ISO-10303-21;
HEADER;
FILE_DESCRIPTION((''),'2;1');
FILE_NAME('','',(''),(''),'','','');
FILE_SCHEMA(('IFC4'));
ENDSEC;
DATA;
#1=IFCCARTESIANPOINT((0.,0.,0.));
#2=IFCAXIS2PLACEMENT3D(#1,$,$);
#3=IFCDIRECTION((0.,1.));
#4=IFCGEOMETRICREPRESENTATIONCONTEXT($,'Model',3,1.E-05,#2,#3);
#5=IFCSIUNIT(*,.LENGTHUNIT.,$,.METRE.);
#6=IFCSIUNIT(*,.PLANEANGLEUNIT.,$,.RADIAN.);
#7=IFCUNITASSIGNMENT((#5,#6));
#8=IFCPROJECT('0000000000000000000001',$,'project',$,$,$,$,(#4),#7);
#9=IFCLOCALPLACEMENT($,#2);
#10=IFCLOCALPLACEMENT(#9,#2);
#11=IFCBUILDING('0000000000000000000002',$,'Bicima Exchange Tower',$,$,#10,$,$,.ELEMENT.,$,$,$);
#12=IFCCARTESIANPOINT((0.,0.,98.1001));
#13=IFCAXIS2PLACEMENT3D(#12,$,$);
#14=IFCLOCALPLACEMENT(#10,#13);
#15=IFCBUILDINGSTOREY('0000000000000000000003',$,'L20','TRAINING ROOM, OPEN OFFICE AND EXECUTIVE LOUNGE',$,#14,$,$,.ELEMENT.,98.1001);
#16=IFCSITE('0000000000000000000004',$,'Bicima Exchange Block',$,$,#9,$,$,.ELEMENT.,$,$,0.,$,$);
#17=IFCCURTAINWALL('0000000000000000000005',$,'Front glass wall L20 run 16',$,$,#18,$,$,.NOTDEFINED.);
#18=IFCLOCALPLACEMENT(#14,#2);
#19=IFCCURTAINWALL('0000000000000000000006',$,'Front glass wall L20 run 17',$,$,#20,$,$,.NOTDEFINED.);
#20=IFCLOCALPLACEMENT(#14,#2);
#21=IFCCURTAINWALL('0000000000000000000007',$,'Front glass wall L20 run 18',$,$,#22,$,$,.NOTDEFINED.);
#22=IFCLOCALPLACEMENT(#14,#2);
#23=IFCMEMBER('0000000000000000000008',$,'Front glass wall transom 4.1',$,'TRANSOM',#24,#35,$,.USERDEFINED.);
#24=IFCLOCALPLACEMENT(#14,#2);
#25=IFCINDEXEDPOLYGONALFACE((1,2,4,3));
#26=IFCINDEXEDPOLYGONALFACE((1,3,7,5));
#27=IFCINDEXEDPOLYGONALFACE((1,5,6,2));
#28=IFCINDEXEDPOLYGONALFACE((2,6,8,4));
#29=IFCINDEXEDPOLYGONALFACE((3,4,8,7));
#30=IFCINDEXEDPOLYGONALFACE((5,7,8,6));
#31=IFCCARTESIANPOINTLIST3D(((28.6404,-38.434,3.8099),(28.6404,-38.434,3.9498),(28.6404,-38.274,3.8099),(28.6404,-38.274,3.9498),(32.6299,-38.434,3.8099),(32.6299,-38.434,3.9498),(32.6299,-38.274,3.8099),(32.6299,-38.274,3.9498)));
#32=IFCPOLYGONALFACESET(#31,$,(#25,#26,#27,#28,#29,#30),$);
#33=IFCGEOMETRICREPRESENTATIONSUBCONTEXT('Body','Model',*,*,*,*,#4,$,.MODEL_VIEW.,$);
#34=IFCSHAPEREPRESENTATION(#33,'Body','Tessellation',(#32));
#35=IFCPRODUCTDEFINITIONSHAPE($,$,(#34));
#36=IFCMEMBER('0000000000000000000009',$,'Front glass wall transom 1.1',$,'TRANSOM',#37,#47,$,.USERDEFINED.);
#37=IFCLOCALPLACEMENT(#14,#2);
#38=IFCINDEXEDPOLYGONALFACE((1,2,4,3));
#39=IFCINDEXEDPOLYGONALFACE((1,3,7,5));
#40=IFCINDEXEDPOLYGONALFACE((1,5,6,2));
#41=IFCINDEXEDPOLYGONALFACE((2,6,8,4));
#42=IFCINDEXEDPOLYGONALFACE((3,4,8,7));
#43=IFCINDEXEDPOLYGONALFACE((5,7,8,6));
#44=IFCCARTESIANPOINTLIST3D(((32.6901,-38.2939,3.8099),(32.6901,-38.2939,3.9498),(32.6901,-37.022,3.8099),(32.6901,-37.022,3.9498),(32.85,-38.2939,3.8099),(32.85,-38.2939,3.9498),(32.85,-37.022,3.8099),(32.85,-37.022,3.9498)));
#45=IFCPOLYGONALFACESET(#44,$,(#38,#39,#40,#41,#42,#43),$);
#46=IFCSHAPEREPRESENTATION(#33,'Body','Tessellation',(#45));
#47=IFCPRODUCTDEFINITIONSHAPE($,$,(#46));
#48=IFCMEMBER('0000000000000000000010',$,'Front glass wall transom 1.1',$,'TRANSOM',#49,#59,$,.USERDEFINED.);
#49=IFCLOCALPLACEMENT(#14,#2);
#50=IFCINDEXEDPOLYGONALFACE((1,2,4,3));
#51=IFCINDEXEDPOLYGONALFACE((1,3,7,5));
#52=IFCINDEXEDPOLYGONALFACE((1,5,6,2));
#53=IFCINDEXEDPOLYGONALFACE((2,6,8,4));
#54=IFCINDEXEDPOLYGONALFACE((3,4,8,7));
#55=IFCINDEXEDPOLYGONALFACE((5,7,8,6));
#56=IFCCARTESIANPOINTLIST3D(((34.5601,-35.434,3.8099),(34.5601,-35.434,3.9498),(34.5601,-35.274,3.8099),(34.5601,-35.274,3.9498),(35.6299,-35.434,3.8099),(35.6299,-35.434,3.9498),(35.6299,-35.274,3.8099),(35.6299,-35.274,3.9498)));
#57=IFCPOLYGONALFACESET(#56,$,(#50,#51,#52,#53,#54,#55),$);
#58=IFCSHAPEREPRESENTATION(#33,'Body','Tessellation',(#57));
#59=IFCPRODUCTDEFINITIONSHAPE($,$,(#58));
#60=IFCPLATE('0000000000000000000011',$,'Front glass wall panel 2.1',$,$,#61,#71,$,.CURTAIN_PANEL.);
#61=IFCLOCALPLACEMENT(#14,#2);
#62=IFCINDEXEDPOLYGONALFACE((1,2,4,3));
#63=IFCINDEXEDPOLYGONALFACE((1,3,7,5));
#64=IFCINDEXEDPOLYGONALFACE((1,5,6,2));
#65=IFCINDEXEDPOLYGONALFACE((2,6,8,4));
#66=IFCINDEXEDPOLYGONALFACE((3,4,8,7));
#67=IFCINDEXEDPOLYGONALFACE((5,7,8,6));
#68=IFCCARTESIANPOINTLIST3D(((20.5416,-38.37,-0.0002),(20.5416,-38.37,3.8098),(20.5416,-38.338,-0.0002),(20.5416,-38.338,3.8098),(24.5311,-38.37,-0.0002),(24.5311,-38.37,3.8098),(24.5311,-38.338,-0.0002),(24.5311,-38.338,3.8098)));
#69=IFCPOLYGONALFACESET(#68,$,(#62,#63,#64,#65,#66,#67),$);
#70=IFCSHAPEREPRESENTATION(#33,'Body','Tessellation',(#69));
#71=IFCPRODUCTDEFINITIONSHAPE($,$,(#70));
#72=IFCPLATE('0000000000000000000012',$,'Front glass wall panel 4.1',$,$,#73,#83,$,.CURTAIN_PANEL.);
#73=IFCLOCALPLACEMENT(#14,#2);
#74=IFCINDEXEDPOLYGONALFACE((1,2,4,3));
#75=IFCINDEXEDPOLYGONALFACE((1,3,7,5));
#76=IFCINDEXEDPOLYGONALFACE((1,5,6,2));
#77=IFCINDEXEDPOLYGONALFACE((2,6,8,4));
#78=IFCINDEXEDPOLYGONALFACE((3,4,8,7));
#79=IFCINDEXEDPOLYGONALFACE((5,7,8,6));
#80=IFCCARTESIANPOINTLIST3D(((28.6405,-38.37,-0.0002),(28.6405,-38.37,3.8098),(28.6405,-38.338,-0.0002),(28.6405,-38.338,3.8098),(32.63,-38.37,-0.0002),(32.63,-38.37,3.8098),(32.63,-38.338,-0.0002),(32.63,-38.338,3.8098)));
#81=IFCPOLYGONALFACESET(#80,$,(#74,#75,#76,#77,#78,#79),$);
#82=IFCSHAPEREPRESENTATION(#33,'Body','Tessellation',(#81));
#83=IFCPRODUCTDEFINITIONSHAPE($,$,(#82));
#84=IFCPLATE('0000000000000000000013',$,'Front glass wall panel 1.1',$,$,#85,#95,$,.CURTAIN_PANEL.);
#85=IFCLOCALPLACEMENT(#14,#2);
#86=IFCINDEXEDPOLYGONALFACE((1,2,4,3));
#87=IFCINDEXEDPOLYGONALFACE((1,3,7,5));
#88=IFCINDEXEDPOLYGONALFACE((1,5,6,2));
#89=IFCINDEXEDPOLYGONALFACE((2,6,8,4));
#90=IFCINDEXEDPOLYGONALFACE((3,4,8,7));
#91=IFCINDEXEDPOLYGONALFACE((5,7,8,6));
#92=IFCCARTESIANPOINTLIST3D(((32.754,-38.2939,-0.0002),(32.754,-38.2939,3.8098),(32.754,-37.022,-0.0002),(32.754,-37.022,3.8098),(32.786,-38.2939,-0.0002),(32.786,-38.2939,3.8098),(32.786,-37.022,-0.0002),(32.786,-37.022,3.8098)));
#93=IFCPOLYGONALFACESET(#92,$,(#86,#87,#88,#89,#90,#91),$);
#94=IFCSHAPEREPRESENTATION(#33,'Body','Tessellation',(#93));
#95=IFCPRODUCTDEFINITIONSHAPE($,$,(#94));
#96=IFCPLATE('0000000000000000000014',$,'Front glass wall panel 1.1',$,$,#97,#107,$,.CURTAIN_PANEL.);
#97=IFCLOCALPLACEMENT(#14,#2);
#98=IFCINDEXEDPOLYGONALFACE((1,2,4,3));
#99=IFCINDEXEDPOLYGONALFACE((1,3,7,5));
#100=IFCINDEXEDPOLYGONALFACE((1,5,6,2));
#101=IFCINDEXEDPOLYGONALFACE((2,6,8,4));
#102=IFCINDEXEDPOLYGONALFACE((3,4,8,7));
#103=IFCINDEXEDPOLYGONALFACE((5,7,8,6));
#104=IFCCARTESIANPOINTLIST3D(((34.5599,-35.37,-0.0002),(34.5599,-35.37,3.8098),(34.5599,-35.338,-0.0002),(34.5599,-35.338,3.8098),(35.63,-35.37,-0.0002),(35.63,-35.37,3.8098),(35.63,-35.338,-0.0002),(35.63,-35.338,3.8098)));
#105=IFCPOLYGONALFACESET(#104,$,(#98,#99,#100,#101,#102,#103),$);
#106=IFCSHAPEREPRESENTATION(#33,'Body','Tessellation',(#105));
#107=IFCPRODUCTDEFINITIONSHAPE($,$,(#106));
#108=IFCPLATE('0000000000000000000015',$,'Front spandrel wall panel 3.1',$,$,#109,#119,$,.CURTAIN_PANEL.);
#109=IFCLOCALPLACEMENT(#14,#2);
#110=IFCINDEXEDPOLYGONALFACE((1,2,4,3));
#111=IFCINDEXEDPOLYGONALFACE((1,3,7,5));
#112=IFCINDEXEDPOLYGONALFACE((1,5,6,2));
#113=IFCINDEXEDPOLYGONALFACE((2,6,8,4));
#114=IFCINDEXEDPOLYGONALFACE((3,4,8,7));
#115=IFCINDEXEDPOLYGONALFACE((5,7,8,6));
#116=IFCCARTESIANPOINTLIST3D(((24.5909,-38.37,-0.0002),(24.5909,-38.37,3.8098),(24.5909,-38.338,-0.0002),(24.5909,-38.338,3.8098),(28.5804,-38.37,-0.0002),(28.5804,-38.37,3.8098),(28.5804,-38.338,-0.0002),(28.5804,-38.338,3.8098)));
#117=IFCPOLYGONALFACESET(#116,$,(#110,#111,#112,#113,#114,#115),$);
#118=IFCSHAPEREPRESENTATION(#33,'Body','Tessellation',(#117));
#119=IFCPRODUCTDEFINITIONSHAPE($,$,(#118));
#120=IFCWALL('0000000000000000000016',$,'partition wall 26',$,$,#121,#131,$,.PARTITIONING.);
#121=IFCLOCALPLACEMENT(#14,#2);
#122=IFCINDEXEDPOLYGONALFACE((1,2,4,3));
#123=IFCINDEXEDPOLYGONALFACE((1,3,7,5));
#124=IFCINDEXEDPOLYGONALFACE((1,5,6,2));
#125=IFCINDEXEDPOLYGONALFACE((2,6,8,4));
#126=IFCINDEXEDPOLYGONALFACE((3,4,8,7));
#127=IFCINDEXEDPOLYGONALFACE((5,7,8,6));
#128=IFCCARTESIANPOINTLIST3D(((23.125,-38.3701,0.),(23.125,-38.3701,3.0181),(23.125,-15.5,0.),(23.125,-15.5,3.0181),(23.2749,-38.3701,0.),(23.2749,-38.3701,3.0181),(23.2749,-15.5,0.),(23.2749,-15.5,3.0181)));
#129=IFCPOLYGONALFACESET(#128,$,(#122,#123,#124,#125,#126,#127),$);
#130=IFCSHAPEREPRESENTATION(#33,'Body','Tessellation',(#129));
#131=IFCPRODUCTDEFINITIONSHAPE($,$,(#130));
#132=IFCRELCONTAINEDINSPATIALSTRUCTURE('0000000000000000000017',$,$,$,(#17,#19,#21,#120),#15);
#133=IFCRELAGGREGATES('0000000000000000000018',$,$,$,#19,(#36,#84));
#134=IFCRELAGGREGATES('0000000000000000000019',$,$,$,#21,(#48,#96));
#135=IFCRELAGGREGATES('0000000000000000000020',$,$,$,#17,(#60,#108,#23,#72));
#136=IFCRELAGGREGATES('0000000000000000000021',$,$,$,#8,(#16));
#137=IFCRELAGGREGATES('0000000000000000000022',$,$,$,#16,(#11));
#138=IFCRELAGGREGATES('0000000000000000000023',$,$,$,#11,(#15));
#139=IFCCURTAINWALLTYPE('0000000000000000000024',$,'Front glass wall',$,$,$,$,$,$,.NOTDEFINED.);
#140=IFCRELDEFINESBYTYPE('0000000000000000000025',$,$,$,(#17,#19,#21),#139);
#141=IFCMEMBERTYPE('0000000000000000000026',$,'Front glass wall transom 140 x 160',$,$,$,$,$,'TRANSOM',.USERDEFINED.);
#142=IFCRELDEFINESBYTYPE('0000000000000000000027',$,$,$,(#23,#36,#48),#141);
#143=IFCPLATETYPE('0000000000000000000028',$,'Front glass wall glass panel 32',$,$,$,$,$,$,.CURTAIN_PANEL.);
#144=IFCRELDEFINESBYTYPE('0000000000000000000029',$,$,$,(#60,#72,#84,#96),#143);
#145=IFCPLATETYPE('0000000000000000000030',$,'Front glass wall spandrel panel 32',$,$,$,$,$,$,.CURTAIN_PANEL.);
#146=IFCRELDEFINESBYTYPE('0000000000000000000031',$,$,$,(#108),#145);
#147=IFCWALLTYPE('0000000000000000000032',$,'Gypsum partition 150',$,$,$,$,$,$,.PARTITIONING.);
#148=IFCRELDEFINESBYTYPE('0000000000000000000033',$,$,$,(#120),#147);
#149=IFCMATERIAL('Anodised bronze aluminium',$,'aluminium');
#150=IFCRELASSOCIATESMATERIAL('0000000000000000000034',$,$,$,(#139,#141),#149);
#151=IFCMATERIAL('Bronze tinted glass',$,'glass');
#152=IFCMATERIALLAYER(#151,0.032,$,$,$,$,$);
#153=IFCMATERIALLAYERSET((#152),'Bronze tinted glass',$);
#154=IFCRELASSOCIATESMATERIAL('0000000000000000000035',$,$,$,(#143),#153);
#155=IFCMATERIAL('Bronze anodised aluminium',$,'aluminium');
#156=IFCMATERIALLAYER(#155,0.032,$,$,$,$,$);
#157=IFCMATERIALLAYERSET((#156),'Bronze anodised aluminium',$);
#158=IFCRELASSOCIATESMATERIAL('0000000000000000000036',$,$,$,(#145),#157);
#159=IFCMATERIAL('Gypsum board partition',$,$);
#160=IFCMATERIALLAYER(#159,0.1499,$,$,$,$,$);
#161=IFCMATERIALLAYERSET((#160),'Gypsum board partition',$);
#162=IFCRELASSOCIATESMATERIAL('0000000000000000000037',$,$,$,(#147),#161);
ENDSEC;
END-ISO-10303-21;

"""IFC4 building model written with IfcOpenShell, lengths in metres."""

from ifc_helpers import new_model, si_unit, direction, frame, frame_2d, origin, origin_2d, place, context, subcontext, project, spatial, rectangle, extrude, material, layer, layer_set, material_profile, profile_set, type_object, element, aggregate, save


model = new_model("IFC4")

# Units and contexts
model_context = context("Model", 3, precision=1e-05, world=origin(), true_north=direction((0.0, 1.0)))
body_context = subcontext(model_context, "Body", "Model", "MODEL_VIEW")
ifc_project = project(units=[si_unit("LENGTHUNIT", "METRE"), si_unit("PLANEANGLEUNIT", "RADIAN")], contexts=[model_context])

# Site, building, storey
site_placement = place(None, origin())
site = spatial("IfcSite", under=ifc_project, at=site_placement, Name="Bicima Exchange Block", CompositionType="ELEMENT", RefElevation=0.0)
building_placement = place(site_placement, origin())
building = spatial("IfcBuilding", under=site, at=building_placement, Name="Bicima Exchange Tower", CompositionType="ELEMENT")
storey_placement = place(building_placement, frame((0.0, 0.0, 98.1001)))
storey = spatial("IfcBuildingStorey", under=building, at=storey_placement, Name="L20", Description="TRAINING ROOM, OPEN OFFICE AND EXECUTIVE LOUNGE", CompositionType="ELEMENT", Elevation=98.1001)

# Curtain walls
ifc_material_1 = material(Name="Anodised bronze aluminium", Category="aluminium")
curtain_wall_type = type_object("IfcCurtainWallType", Name="Front glass wall", PredefinedType="NOTDEFINED", material=ifc_material_1)
curtain_wall_1_placement = place(storey_placement, origin())
curtain_wall_1 = element("IfcCurtainWall", 1, at=curtain_wall_1_placement, inside=storey, type_object=curtain_wall_type, Name="Front glass wall L20 run 16", PredefinedType="NOTDEFINED")
curtain_wall_2_placement = place(storey_placement, origin())
curtain_wall_2 = element("IfcCurtainWall", 2, at=curtain_wall_2_placement, inside=storey, type_object=curtain_wall_type, Name="Front glass wall L20 run 17", PredefinedType="NOTDEFINED")

# Curtain wall
curtain_wall_3_placement = place(storey_placement, origin())
curtain_wall_3 = element("IfcCurtainWall", 3, at=curtain_wall_3_placement, inside=storey, type_object=curtain_wall_type, Name="Front glass wall L20 run 18", PredefinedType="NOTDEFINED")

# Members
ifc_material_profile_1 = material_profile(ifc_material_1, rectangle(XDim=0.1599, YDim=0.1399, at=origin_2d()))
ifc_profile_set_1 = profile_set([ifc_material_profile_1], Name="Anodised bronze aluminium")
member_type_1 = type_object("IfcMemberType", Name="Front glass wall transom 140 x 160", ElementType="TRANSOM", PredefinedType="USERDEFINED", material=ifc_profile_set_1)
member_1_placement = place(storey_placement, frame((28.6404, -38.354, 3.8799), z_axis=(1.0, 0.0, 0.0), x_axis=(0.0, 1.0, 0.0)))
member_1 = element("IfcMember", 4, at=member_1_placement, type_object=member_type_1, Name="Front glass wall transom 4.1", ObjectType="TRANSOM", PredefinedType="USERDEFINED", context=body_context, shape_type="SweptSolid", body=[
    extrude(rectangle(XDim=0.1599, YDim=0.1399, at=origin_2d()), origin(), (0.0, 0.0, 1.0), 3.9895),
])
member_2_placement = place(storey_placement, frame((32.77, -38.2939, 3.8799), z_axis=(0.0, 1.0, 0.0), x_axis=(-1.0, 0.0, 0.0)))
member_2 = element("IfcMember", 5, at=member_2_placement, type_object=member_type_1, Name="Front glass wall transom 1.1", ObjectType="TRANSOM", PredefinedType="USERDEFINED", context=body_context, shape_type="SweptSolid", body=[
    extrude(rectangle(XDim=0.1599, YDim=0.1399, at=origin_2d()), origin(), (0.0, 0.0, 1.0), 1.272),
])
member_3_placement = place(storey_placement, frame((34.5601, -35.354, 3.8799), z_axis=(1.0, 0.0, 0.0), x_axis=(0.0, 1.0, 0.0)))
member_3 = element("IfcMember", 6, at=member_3_placement, type_object=member_type_1, Name="Front glass wall transom 1.1", ObjectType="TRANSOM", PredefinedType="USERDEFINED", context=body_context, shape_type="SweptSolid", body=[
    extrude(rectangle(XDim=0.1599, YDim=0.1399, at=origin_2d()), origin(), (0.0, 0.0, 1.0), 1.0698),
])

# Plates
ifc_material_2 = material(Name="Bronze tinted glass", Category="glass")
ifc_layer_1 = layer(ifc_material_2, 0.032)
ifc_layer_set_1 = layer_set([ifc_layer_1], Name="Bronze tinted glass")
plate_type_1 = type_object("IfcPlateType", Name="Front glass wall glass panel 32", PredefinedType="CURTAIN_PANEL", material=ifc_layer_set_1)
plate_1_placement = place(storey_placement, frame((22.5364, -38.354, -0.0002), z_axis=(0.0, 0.0, 1.0), x_axis=(1.0, 0.0, 0.0)))
plate_1 = element("IfcPlate", 7, at=plate_1_placement, type_object=plate_type_1, Name="Front glass wall panel 2.1", PredefinedType="CURTAIN_PANEL", context=body_context, shape_type="SweptSolid", body=[
    extrude(rectangle(XDim=3.9895, YDim=0.032, at=origin_2d()), origin(), (0.0, 0.0, 1.0), 3.8101),
])
plate_2_placement = place(storey_placement, frame((30.6353, -38.354, -0.0002), z_axis=(0.0, 0.0, 1.0), x_axis=(1.0, 0.0, 0.0)))
plate_2 = element("IfcPlate", 8, at=plate_2_placement, type_object=plate_type_1, Name="Front glass wall panel 4.1", PredefinedType="CURTAIN_PANEL", context=body_context, shape_type="SweptSolid", body=[
    extrude(rectangle(XDim=3.9895, YDim=0.032, at=origin_2d()), origin(), (0.0, 0.0, 1.0), 3.8101),
])
plate_3_placement = place(storey_placement, frame((32.77, -37.658, -0.0002), z_axis=(0.0, 0.0, 1.0), x_axis=(0.0, 1.0, 0.0)))
plate_3 = element("IfcPlate", 9, at=plate_3_placement, type_object=plate_type_1, Name="Front glass wall panel 1.1", PredefinedType="CURTAIN_PANEL", context=body_context, shape_type="SweptSolid", body=[
    extrude(rectangle(XDim=1.272, YDim=0.032, at=origin_2d()), origin(), (0.0, 0.0, 1.0), 3.8101),
])
aggregate(curtain_wall_2, [member_2, plate_3])
plate_4_placement = place(storey_placement, frame((35.095, -35.354, -0.0002), z_axis=(0.0, 0.0, 1.0), x_axis=(1.0, 0.0, 0.0)))
plate_4 = element("IfcPlate", 10, at=plate_4_placement, type_object=plate_type_1, Name="Front glass wall panel 1.1", PredefinedType="CURTAIN_PANEL", context=body_context, shape_type="SweptSolid", body=[
    extrude(rectangle(XDim=1.0701, YDim=0.032, at=origin_2d()), origin(), (0.0, 0.0, 1.0), 3.8101),
])
aggregate(curtain_wall_3, [member_3, plate_4])
ifc_material_3 = material(Name="Bronze anodised aluminium", Category="aluminium")
ifc_layer_2 = layer(ifc_material_3, 0.032)
ifc_layer_set_2 = layer_set([ifc_layer_2], Name="Bronze anodised aluminium")
plate_type_2 = type_object("IfcPlateType", Name="Front glass wall spandrel panel 32", PredefinedType="CURTAIN_PANEL", material=ifc_layer_set_2)
plate_5_placement = place(storey_placement, frame((26.5857, -38.354, -0.0002), z_axis=(0.0, 0.0, 1.0), x_axis=(1.0, 0.0, 0.0)))
plate_5 = element("IfcPlate", 11, at=plate_5_placement, type_object=plate_type_2, Name="Front spandrel wall panel 3.1", PredefinedType="CURTAIN_PANEL", context=body_context, shape_type="SweptSolid", body=[
    extrude(rectangle(XDim=3.9895, YDim=0.032, at=origin_2d()), origin(), (0.0, 0.0, 1.0), 3.8101),
])
aggregate(curtain_wall_1, [plate_1, plate_5, member_1, plate_2])

# Wall
ifc_material_4 = material(Name="Gypsum board partition")
ifc_layer_3 = layer(ifc_material_4, 0.1499)
ifc_layer_set_3 = layer_set([ifc_layer_3], Name="Gypsum board partition")
wall_type = type_object("IfcWallType", Name="Gypsum partition 150", PredefinedType="PARTITIONING", material=ifc_layer_set_3)
wall_placement = place(storey_placement, frame((23.2, -38.3701, 0.0), z_axis=(0.0, 0.0, 1.0), x_axis=(0.0, 1.0, 0.0)))
element("IfcWall", 12, at=wall_placement, inside=storey, type_object=wall_type, Name="partition wall 26", PredefinedType="PARTITIONING", context=body_context, shape_type="SweptSolid", body=[
    extrude(rectangle(XDim=22.8701, YDim=0.1499, at=frame_2d((11.4351, 0.0))), origin(), (0.0, 0.0, 1.0), 3.0181),
])

save(model, "model.ifc")
